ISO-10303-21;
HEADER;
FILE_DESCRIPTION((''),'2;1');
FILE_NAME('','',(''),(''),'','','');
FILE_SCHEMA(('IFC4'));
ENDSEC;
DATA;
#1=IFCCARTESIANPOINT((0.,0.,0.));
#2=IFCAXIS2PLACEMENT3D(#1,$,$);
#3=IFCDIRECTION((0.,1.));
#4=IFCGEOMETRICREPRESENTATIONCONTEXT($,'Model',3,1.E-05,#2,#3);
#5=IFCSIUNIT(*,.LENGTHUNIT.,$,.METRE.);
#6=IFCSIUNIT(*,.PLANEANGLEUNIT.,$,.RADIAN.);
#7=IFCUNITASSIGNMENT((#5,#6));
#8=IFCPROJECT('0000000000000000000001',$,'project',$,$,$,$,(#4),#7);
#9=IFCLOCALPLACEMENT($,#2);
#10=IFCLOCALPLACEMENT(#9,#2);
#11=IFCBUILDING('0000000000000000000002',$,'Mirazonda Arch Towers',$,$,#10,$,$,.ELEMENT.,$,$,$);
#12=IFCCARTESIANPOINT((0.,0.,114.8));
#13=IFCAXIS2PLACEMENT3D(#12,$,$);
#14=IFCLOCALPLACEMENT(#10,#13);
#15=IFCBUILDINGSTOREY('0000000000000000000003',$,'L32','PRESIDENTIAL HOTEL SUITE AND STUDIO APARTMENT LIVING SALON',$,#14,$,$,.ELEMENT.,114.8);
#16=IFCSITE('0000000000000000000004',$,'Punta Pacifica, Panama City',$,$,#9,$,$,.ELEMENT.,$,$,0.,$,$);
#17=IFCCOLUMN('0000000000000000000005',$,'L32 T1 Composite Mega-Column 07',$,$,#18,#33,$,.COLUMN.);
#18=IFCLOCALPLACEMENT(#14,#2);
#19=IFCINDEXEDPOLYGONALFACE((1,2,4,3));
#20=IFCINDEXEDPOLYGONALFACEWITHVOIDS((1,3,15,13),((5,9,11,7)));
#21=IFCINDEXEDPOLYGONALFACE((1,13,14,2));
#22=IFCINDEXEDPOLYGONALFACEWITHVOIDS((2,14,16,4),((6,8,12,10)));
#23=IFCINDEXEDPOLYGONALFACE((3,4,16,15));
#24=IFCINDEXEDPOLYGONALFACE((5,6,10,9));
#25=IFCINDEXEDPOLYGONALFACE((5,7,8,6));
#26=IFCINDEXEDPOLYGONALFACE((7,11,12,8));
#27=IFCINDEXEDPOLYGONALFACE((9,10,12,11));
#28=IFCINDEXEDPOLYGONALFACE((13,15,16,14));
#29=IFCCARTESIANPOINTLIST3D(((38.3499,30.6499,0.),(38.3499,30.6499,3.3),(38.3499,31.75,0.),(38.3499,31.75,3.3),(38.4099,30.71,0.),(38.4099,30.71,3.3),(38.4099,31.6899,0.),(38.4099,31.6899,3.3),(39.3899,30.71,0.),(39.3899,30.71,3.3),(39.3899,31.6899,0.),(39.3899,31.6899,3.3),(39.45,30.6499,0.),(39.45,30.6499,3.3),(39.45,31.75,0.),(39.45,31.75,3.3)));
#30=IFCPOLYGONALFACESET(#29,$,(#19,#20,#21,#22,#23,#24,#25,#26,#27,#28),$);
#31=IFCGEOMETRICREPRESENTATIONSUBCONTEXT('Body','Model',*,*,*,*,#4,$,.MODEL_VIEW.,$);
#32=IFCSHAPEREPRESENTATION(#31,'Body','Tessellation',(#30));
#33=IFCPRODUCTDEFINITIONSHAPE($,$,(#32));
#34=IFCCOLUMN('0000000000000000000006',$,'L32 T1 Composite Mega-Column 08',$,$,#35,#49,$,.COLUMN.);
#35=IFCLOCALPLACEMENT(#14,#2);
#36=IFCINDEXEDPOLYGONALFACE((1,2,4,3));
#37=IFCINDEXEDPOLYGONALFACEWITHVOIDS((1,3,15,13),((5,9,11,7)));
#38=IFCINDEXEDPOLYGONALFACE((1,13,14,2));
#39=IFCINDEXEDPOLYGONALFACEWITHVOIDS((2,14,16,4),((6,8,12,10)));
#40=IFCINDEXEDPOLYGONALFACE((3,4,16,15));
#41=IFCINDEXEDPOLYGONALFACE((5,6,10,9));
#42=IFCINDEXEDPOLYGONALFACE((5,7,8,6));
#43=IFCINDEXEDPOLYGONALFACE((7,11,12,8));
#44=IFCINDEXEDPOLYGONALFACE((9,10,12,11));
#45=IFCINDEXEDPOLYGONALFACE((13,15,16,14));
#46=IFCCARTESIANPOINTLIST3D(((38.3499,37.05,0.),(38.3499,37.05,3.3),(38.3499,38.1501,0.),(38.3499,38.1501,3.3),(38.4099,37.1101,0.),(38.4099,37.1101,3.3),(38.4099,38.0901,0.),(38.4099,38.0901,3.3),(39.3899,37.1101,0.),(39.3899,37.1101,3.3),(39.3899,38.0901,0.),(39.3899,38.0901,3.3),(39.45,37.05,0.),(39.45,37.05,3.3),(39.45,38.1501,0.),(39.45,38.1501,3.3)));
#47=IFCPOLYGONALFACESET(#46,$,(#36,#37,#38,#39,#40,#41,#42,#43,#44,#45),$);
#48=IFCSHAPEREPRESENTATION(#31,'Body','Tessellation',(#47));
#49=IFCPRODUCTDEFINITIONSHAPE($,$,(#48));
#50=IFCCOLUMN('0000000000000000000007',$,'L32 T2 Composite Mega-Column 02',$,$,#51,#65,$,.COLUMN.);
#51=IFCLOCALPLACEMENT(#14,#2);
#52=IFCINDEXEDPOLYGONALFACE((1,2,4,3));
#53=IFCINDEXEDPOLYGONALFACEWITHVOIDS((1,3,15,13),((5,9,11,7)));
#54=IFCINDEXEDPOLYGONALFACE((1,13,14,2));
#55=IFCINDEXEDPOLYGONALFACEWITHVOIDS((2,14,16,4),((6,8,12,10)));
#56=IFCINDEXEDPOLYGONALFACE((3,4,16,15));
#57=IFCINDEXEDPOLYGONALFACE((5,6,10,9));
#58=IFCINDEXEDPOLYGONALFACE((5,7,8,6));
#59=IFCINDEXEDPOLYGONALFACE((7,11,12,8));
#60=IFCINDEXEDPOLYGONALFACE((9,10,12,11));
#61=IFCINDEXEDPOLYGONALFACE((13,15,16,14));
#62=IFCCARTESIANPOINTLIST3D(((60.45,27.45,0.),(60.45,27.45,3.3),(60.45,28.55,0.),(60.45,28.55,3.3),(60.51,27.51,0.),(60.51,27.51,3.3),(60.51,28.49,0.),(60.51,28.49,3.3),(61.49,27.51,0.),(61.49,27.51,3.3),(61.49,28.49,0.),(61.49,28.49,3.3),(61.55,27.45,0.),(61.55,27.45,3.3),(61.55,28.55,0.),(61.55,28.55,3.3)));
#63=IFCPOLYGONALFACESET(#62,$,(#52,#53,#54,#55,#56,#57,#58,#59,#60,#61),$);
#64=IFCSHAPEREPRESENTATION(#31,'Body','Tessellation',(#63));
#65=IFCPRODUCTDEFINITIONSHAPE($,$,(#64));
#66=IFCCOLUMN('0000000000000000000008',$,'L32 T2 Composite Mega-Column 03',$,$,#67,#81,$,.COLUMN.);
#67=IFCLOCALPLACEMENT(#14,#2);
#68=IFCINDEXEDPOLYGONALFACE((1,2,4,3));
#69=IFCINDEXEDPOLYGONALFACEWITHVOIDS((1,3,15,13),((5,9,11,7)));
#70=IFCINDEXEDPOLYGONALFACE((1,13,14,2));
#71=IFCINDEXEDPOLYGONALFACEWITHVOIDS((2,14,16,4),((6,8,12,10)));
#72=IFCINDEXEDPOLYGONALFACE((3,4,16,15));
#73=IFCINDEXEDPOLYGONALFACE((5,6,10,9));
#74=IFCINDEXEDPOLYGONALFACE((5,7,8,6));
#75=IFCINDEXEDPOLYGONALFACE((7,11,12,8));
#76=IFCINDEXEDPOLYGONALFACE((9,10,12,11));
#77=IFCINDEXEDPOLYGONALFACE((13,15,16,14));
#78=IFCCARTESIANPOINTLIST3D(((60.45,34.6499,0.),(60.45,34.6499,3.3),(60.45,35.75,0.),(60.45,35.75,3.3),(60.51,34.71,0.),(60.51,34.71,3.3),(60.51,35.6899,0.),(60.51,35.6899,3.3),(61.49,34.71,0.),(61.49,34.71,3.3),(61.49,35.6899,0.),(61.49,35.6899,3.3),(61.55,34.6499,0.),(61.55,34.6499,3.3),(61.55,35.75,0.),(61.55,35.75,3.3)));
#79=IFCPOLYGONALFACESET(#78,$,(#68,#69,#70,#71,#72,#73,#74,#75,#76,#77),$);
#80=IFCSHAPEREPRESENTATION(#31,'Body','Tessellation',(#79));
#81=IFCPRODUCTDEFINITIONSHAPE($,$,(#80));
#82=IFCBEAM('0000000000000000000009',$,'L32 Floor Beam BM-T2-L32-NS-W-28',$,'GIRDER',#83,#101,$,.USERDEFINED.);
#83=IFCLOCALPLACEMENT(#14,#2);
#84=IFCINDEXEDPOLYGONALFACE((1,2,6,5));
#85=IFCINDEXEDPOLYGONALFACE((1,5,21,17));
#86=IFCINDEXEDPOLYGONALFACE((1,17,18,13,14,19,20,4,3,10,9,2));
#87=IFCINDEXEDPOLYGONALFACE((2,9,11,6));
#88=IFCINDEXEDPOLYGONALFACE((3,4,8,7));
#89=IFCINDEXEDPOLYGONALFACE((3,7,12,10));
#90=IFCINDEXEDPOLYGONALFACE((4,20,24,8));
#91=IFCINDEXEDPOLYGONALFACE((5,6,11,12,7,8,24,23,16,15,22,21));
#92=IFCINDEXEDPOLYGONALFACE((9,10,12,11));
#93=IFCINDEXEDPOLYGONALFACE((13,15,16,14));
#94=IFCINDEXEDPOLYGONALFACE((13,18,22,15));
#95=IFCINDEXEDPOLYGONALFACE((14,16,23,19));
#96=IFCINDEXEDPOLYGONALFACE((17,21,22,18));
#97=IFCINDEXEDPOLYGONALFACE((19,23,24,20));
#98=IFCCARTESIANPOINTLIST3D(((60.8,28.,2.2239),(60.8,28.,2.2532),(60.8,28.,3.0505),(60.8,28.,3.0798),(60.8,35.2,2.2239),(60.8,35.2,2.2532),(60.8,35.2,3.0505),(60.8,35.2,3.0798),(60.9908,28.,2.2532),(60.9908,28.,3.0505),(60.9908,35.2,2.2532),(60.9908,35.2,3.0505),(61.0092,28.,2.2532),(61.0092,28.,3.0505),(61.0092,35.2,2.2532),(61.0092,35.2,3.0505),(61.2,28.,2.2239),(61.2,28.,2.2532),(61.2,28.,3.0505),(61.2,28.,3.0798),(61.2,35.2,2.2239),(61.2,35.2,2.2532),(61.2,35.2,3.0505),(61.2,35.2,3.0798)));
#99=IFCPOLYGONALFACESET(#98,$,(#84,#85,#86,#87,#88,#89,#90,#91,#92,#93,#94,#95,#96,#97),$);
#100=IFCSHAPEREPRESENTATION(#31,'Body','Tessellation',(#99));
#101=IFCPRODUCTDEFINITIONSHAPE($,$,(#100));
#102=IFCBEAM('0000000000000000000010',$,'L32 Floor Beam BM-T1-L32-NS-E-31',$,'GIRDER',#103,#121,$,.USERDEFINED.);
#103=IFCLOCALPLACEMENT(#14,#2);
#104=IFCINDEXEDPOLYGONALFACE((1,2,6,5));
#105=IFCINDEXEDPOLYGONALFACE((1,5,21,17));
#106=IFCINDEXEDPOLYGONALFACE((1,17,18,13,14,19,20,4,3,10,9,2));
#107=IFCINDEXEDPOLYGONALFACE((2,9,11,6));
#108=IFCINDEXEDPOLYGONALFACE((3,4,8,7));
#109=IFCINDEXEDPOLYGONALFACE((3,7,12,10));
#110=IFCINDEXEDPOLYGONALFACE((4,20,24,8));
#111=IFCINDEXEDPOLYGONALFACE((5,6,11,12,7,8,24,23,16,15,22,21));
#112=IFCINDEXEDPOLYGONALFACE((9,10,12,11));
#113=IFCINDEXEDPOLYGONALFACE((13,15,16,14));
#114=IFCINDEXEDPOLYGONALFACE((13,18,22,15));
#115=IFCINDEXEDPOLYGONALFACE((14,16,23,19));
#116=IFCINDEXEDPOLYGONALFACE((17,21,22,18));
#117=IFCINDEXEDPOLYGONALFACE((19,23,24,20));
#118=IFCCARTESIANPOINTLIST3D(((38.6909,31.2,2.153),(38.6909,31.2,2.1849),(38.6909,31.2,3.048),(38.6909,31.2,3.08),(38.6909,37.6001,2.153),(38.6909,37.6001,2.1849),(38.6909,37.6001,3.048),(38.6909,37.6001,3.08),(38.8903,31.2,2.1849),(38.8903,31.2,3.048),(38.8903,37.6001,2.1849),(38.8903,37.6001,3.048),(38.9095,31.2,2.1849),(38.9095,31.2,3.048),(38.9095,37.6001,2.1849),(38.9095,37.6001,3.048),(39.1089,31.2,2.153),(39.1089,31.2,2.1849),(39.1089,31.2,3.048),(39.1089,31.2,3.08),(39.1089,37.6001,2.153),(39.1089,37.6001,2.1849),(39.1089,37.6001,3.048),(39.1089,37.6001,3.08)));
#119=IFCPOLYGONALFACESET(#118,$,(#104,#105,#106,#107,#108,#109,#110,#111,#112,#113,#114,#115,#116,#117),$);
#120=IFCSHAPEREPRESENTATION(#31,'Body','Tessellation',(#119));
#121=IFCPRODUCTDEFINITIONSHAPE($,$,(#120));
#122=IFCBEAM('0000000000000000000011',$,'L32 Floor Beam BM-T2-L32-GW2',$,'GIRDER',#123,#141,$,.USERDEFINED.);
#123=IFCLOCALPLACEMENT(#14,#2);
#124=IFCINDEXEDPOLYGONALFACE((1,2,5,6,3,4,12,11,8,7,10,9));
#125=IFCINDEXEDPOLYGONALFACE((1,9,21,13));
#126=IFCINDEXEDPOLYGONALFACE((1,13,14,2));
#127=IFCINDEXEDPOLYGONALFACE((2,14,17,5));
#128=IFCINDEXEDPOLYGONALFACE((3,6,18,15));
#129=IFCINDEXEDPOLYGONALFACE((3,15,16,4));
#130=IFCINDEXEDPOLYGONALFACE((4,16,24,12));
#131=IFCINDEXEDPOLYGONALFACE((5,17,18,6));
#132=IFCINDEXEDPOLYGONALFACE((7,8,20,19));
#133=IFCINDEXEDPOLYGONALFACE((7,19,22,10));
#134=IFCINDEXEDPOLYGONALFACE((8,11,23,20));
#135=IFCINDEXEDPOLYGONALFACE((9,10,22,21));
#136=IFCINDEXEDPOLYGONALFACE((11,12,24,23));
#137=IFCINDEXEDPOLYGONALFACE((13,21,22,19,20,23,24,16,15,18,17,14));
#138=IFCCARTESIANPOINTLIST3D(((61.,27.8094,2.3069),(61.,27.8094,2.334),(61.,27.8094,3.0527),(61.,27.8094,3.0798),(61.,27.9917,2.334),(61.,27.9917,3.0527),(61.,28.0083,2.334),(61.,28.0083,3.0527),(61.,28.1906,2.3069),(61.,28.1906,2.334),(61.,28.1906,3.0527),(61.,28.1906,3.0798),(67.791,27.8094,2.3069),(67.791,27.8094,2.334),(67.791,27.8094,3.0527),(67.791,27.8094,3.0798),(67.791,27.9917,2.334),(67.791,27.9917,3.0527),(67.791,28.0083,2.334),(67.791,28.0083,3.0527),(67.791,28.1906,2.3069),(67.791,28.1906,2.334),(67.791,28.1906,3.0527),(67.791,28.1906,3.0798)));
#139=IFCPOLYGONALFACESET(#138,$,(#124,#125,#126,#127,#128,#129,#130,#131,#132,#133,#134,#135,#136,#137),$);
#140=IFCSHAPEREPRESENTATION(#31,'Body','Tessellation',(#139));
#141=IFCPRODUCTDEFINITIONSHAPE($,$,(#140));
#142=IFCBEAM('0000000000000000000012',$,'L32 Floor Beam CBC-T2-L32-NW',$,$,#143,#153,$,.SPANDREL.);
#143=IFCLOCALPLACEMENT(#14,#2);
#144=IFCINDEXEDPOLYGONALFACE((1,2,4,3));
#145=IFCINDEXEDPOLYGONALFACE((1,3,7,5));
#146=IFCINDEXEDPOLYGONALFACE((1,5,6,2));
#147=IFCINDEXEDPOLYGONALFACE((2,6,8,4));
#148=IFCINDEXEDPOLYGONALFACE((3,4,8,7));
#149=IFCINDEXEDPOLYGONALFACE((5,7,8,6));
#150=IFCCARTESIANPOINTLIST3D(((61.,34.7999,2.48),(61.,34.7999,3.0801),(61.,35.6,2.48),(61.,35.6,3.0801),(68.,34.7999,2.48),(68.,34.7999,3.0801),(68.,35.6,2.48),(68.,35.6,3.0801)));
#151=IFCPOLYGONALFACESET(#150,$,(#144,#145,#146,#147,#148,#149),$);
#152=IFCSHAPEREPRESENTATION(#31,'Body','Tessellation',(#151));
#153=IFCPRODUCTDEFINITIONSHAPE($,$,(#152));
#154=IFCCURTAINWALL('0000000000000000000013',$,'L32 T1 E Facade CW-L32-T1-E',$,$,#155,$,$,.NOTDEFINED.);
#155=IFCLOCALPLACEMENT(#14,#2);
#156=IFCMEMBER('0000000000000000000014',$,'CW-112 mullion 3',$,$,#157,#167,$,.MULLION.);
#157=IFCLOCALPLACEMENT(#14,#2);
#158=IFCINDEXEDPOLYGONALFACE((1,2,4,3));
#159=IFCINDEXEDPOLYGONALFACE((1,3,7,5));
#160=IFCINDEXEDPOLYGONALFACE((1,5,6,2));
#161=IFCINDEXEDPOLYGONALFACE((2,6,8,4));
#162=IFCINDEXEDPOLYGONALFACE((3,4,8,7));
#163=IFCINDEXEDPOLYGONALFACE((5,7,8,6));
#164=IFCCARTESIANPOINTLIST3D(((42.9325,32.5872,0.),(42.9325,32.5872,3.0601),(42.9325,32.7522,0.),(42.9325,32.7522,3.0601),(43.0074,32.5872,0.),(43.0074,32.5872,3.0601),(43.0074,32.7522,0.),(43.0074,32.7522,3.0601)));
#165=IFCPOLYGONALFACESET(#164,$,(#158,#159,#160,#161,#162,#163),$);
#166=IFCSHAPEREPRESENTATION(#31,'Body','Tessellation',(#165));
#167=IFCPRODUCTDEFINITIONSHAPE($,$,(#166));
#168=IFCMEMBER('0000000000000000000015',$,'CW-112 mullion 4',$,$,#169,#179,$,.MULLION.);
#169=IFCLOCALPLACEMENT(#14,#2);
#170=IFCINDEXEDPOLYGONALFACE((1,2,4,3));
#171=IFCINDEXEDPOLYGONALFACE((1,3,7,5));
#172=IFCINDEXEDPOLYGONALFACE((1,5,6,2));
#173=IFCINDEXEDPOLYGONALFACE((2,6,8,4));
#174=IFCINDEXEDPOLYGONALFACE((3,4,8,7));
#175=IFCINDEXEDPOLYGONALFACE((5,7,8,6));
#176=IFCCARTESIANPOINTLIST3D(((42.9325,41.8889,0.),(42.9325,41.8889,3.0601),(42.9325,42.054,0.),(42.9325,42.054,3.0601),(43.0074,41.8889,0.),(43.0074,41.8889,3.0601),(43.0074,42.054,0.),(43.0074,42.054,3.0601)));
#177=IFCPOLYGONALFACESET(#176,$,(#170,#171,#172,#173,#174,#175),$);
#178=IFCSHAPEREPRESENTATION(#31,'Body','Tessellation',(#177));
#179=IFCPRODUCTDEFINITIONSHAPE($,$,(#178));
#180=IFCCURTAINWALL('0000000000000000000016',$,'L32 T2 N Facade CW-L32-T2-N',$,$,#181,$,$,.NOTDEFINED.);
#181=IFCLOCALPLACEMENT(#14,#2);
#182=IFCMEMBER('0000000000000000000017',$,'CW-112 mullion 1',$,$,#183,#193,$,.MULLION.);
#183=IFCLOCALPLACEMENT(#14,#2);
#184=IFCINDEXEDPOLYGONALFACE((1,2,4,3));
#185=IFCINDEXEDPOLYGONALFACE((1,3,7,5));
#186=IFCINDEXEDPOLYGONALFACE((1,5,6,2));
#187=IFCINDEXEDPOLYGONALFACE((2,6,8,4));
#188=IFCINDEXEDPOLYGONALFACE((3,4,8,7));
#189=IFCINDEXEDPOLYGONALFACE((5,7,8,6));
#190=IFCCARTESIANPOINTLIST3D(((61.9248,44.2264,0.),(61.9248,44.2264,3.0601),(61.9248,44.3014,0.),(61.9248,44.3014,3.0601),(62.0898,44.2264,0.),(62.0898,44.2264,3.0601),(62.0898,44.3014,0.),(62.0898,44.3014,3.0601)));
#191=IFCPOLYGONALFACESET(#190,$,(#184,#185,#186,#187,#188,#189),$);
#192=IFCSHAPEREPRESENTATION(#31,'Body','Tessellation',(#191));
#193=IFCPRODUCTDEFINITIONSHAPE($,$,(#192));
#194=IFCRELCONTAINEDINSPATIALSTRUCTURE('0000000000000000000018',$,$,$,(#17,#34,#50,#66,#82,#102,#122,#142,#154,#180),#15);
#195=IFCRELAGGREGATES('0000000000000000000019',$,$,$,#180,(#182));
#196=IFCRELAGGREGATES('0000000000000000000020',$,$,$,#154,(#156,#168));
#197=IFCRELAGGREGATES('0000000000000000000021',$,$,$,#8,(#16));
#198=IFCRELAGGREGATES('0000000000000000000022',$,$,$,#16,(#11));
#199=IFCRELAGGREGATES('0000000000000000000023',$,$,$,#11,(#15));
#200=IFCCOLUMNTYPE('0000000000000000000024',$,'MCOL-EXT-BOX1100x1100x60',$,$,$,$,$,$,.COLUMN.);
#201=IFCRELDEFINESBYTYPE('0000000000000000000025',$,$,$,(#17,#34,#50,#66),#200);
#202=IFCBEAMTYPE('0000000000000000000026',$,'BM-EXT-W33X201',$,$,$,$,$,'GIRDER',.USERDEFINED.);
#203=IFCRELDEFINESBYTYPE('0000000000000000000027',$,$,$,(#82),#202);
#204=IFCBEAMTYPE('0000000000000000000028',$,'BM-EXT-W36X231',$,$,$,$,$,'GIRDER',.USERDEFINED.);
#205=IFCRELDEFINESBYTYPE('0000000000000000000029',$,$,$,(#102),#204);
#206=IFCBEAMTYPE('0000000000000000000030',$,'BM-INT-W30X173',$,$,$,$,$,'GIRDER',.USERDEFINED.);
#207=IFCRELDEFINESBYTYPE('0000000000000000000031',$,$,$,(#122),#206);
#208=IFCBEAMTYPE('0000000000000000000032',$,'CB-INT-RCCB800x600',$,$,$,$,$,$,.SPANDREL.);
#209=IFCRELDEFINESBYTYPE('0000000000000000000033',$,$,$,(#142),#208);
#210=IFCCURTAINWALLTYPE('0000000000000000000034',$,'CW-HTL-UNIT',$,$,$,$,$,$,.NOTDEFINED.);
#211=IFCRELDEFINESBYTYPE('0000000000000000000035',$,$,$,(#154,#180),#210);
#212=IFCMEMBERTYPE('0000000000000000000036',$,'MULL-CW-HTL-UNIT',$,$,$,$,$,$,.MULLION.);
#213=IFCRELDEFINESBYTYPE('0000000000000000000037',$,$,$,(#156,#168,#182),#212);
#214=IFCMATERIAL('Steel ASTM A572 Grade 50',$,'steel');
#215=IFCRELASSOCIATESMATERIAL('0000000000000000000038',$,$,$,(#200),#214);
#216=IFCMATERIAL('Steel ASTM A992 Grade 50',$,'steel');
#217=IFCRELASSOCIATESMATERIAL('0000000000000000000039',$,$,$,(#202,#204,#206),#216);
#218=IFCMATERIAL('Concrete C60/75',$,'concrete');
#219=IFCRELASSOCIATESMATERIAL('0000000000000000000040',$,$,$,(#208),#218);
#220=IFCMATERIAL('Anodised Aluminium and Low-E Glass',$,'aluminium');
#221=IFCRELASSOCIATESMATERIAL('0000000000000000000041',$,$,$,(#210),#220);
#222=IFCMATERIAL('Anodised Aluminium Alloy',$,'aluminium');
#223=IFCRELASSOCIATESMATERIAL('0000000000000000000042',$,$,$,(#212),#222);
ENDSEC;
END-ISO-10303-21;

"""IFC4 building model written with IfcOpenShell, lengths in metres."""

from ifc_helpers import new_model, si_unit, direction, frame, origin, origin_2d, place, context, subcontext, project, spatial, rectangle, hollow_rectangle, i_section, extrude, material, material_profile, profile_set, type_object, element, aggregate, save


model = new_model("IFC4")

# Units and contexts
model_context = context("Model", 3, precision=1e-05, world=origin(), true_north=direction((0.0, 1.0)))
body_context = subcontext(model_context, "Body", "Model", "MODEL_VIEW")
ifc_project = project(units=[si_unit("LENGTHUNIT", "METRE"), si_unit("PLANEANGLEUNIT", "RADIAN")], contexts=[model_context])

# Site, building, storey
site_placement = place(None, origin())
site = spatial("IfcSite", under=ifc_project, at=site_placement, Name="Punta Pacifica, Panama City", CompositionType="ELEMENT", RefElevation=0.0)
building_placement = place(site_placement, origin())
building = spatial("IfcBuilding", under=site, at=building_placement, Name="Mirazonda Arch Towers", CompositionType="ELEMENT")
storey_placement = place(building_placement, frame((0.0, 0.0, 114.8)))
storey = spatial("IfcBuildingStorey", under=building, at=storey_placement, Name="L32", Description="PRESIDENTIAL HOTEL SUITE AND STUDIO APARTMENT LIVING SALON", CompositionType="ELEMENT", Elevation=114.8)

# Columns
ifc_material_1 = material(Name="Steel ASTM A572 Grade 50", Category="steel")
ifc_material_profile_1 = material_profile(ifc_material_1, hollow_rectangle(XDim=1.1001, YDim=1.1001, WallThickness=0.0601, at=origin_2d()), Name="BOX1100x1100x60")
ifc_profile_set_1 = profile_set([ifc_material_profile_1], Name="Steel ASTM A572 Grade 50")
column_type = type_object("IfcColumnType", Name="MCOL-EXT-BOX1100x1100x60", PredefinedType="COLUMN", material=ifc_profile_set_1)
for number, where, z_axis, x_axis, name in (
    (1, (38.8999, 31.2, 0.0), (0.0, 0.0, 1.0), (1.0, 0.0, 0.0), "L32 T1 Composite Mega-Column 07"),
    (2, (38.8999, 37.6001, 0.0), (0.0, 0.0, 1.0), (1.0, 0.0, 0.0), "L32 T1 Composite Mega-Column 08"),
    (3, (61.0, 28.0, 0.0), (0.0, 0.0, 1.0), (1.0, 0.0, 0.0), "L32 T2 Composite Mega-Column 02"),
    (4, (61.0, 35.2, 0.0), (0.0, 0.0, 1.0), (1.0, 0.0, 0.0), "L32 T2 Composite Mega-Column 03"),
):
    element("IfcColumn", number, at=place(storey_placement, frame(where, z_axis=z_axis, x_axis=x_axis)), inside=storey, type_object=column_type, Name=name, PredefinedType="COLUMN", context=body_context, shape_type="SweptSolid", body=[
        extrude(hollow_rectangle(XDim=1.1001, YDim=1.1001, WallThickness=0.0601, at=origin_2d()), origin(), (0.0, 0.0, 1.0), 3.3),
    ])

# Beams
ifc_material_2 = material(Name="Steel ASTM A992 Grade 50", Category="steel")
ifc_material_profile_2 = material_profile(ifc_material_2, i_section(OverallWidth=0.3999, OverallDepth=0.856, WebThickness=0.0183, FlangeThickness=0.0293, at=origin_2d()), Name="W33X201")
ifc_profile_set_2 = profile_set([ifc_material_profile_2], Name="Steel ASTM A992 Grade 50")
beam_type_1 = type_object("IfcBeamType", Name="BM-EXT-W33X201", ElementType="GIRDER", PredefinedType="USERDEFINED", material=ifc_profile_set_2)
beam_1_placement = place(storey_placement, frame((61.0, 28.0, 2.6519), z_axis=(0.0, 1.0, 0.0), x_axis=(-1.0, 0.0, 0.0)))
element("IfcBeam", 5, at=beam_1_placement, inside=storey, type_object=beam_type_1, Name="L32 Floor Beam BM-T2-L32-NS-W-28", ObjectType="GIRDER", PredefinedType="USERDEFINED", context=body_context, shape_type="SweptSolid", body=[
    extrude(i_section(OverallWidth=0.3999, OverallDepth=0.856, WebThickness=0.0183, FlangeThickness=0.0293, at=origin_2d()), origin(), (0.0, 0.0, 1.0), 7.2),
])
ifc_material_profile_3 = material_profile(ifc_material_2, i_section(OverallWidth=0.418, OverallDepth=0.927, WebThickness=0.0193, FlangeThickness=0.032, at=origin_2d()), Name="W36X231")
ifc_profile_set_3 = profile_set([ifc_material_profile_3], Name="Steel ASTM A992 Grade 50")
beam_type_2 = type_object("IfcBeamType", Name="BM-EXT-W36X231", ElementType="GIRDER", PredefinedType="USERDEFINED", material=ifc_profile_set_3)
beam_2_placement = place(storey_placement, frame((38.8999, 31.2, 2.6165), z_axis=(0.0, 1.0, 0.0), x_axis=(-1.0, 0.0, 0.0)))
element("IfcBeam", 6, at=beam_2_placement, inside=storey, type_object=beam_type_2, Name="L32 Floor Beam BM-T1-L32-NS-E-31", ObjectType="GIRDER", PredefinedType="USERDEFINED", context=body_context, shape_type="SweptSolid", body=[
    extrude(i_section(OverallWidth=0.418, OverallDepth=0.927, WebThickness=0.0193, FlangeThickness=0.032, at=origin_2d()), origin(), (0.0, 0.0, 1.0), 6.4001),
])
ifc_material_profile_4 = material_profile(ifc_material_2, i_section(OverallWidth=0.3811, OverallDepth=0.7729, WebThickness=0.0166, FlangeThickness=0.0271, at=origin_2d()), Name="W30X173")
ifc_profile_set_4 = profile_set([ifc_material_profile_4], Name="Steel ASTM A992 Grade 50")
beam_type_3 = type_object("IfcBeamType", Name="BM-INT-W30X173", ElementType="GIRDER", PredefinedType="USERDEFINED", material=ifc_profile_set_4)
beam_3_placement = place(storey_placement, frame((61.0, 28.0, 2.6934), z_axis=(1.0, 0.0, 0.0), x_axis=(0.0, 1.0, 0.0)))
element("IfcBeam", 7, at=beam_3_placement, inside=storey, type_object=beam_type_3, Name="L32 Floor Beam BM-T2-L32-GW2", ObjectType="GIRDER", PredefinedType="USERDEFINED", context=body_context, shape_type="SweptSolid", body=[
    extrude(i_section(OverallWidth=0.3811, OverallDepth=0.7729, WebThickness=0.0166, FlangeThickness=0.0271, at=origin_2d()), origin(), (0.0, 0.0, 1.0), 6.791),
])
ifc_material_3 = material(Name="Concrete C60/75", Category="concrete")
ifc_material_profile_5 = material_profile(ifc_material_3, rectangle(XDim=0.8, YDim=0.6001, at=origin_2d()), Name="RCCB800x600")
ifc_profile_set_5 = profile_set([ifc_material_profile_5], Name="Concrete C60/75")
beam_type_4 = type_object("IfcBeamType", Name="CB-INT-RCCB800x600", PredefinedType="SPANDREL", material=ifc_profile_set_5)
beam_4_placement = place(storey_placement, frame((61.0, 35.2, 2.78), z_axis=(1.0, 0.0, 0.0), x_axis=(0.0, 1.0, 0.0)))
element("IfcBeam", 8, at=beam_4_placement, inside=storey, type_object=beam_type_4, Name="L32 Floor Beam CBC-T2-L32-NW", PredefinedType="SPANDREL", context=body_context, shape_type="SweptSolid", body=[
    extrude(rectangle(XDim=0.8, YDim=0.6001, at=origin_2d()), origin(), (0.0, 0.0, 1.0), 7.0),
])

# Curtain wall, members
ifc_material_4 = material(Name="Anodised Aluminium and Low-E Glass", Category="aluminium")
curtain_wall_type = type_object("IfcCurtainWallType", Name="CW-HTL-UNIT", PredefinedType="NOTDEFINED", material=ifc_material_4)
curtain_wall_1_placement = place(storey_placement, origin())
curtain_wall_1 = element("IfcCurtainWall", 9, at=curtain_wall_1_placement, inside=storey, type_object=curtain_wall_type, Name="L32 T1 E Facade CW-L32-T1-E", PredefinedType="NOTDEFINED")
ifc_material_5 = material(Name="Anodised Aluminium Alloy", Category="aluminium")
ifc_material_profile_6 = material_profile(ifc_material_5, rectangle(XDim=0.075, YDim=0.165, at=origin_2d()), Name="ALU-MULL-75x165")
ifc_profile_set_6 = profile_set([ifc_material_profile_6], Name="Anodised Aluminium Alloy")
member_type_1 = type_object("IfcMemberType", Name="MULL-CW-HTL-UNIT", PredefinedType="MULLION", material=ifc_profile_set_6)
member_1_placement = place(storey_placement, frame((42.97, 32.6697, 0.0), z_axis=(0.0, 0.0, 1.0), x_axis=(-1.0, 0.0, 0.0)))
member_1 = element("IfcMember", 10, at=member_1_placement, type_object=member_type_1, Name="CW-112 mullion 3", PredefinedType="MULLION", context=body_context, shape_type="SweptSolid", body=[
    extrude(rectangle(XDim=0.075, YDim=0.165, at=origin_2d()), origin(), (0.0, 0.0, 1.0), 3.0601),
])
member_2_placement = place(storey_placement, frame((42.97, 41.9714, 0.0), z_axis=(0.0, 0.0, 1.0), x_axis=(-1.0, 0.0, 0.0)))
member_2 = element("IfcMember", 11, at=member_2_placement, type_object=member_type_1, Name="CW-112 mullion 4", PredefinedType="MULLION", context=body_context, shape_type="SweptSolid", body=[
    extrude(rectangle(XDim=0.075, YDim=0.165, at=origin_2d()), origin(), (0.0, 0.0, 1.0), 3.0601),
])

# Curtain wall, member
curtain_wall_2_placement = place(storey_placement, origin())
curtain_wall_2 = element("IfcCurtainWall", 12, at=curtain_wall_2_placement, inside=storey, type_object=curtain_wall_type, Name="L32 T2 N Facade CW-L32-T2-N", PredefinedType="NOTDEFINED")
member_3_placement = place(storey_placement, frame((62.0073, 44.2639, 0.0), z_axis=(0.0, 0.0, 1.0), x_axis=(0.0, 1.0, 0.0)))
member_3 = element("IfcMember", 13, at=member_3_placement, type_object=member_type_1, Name="CW-112 mullion 1", PredefinedType="MULLION", context=body_context, shape_type="SweptSolid", body=[
    extrude(rectangle(XDim=0.075, YDim=0.165, at=origin_2d()), origin(), (0.0, 0.0, 1.0), 3.0601),
])
aggregate(curtain_wall_2, [member_3])

aggregate(curtain_wall_1, [member_1, member_2])

save(model, "model.ifc")
